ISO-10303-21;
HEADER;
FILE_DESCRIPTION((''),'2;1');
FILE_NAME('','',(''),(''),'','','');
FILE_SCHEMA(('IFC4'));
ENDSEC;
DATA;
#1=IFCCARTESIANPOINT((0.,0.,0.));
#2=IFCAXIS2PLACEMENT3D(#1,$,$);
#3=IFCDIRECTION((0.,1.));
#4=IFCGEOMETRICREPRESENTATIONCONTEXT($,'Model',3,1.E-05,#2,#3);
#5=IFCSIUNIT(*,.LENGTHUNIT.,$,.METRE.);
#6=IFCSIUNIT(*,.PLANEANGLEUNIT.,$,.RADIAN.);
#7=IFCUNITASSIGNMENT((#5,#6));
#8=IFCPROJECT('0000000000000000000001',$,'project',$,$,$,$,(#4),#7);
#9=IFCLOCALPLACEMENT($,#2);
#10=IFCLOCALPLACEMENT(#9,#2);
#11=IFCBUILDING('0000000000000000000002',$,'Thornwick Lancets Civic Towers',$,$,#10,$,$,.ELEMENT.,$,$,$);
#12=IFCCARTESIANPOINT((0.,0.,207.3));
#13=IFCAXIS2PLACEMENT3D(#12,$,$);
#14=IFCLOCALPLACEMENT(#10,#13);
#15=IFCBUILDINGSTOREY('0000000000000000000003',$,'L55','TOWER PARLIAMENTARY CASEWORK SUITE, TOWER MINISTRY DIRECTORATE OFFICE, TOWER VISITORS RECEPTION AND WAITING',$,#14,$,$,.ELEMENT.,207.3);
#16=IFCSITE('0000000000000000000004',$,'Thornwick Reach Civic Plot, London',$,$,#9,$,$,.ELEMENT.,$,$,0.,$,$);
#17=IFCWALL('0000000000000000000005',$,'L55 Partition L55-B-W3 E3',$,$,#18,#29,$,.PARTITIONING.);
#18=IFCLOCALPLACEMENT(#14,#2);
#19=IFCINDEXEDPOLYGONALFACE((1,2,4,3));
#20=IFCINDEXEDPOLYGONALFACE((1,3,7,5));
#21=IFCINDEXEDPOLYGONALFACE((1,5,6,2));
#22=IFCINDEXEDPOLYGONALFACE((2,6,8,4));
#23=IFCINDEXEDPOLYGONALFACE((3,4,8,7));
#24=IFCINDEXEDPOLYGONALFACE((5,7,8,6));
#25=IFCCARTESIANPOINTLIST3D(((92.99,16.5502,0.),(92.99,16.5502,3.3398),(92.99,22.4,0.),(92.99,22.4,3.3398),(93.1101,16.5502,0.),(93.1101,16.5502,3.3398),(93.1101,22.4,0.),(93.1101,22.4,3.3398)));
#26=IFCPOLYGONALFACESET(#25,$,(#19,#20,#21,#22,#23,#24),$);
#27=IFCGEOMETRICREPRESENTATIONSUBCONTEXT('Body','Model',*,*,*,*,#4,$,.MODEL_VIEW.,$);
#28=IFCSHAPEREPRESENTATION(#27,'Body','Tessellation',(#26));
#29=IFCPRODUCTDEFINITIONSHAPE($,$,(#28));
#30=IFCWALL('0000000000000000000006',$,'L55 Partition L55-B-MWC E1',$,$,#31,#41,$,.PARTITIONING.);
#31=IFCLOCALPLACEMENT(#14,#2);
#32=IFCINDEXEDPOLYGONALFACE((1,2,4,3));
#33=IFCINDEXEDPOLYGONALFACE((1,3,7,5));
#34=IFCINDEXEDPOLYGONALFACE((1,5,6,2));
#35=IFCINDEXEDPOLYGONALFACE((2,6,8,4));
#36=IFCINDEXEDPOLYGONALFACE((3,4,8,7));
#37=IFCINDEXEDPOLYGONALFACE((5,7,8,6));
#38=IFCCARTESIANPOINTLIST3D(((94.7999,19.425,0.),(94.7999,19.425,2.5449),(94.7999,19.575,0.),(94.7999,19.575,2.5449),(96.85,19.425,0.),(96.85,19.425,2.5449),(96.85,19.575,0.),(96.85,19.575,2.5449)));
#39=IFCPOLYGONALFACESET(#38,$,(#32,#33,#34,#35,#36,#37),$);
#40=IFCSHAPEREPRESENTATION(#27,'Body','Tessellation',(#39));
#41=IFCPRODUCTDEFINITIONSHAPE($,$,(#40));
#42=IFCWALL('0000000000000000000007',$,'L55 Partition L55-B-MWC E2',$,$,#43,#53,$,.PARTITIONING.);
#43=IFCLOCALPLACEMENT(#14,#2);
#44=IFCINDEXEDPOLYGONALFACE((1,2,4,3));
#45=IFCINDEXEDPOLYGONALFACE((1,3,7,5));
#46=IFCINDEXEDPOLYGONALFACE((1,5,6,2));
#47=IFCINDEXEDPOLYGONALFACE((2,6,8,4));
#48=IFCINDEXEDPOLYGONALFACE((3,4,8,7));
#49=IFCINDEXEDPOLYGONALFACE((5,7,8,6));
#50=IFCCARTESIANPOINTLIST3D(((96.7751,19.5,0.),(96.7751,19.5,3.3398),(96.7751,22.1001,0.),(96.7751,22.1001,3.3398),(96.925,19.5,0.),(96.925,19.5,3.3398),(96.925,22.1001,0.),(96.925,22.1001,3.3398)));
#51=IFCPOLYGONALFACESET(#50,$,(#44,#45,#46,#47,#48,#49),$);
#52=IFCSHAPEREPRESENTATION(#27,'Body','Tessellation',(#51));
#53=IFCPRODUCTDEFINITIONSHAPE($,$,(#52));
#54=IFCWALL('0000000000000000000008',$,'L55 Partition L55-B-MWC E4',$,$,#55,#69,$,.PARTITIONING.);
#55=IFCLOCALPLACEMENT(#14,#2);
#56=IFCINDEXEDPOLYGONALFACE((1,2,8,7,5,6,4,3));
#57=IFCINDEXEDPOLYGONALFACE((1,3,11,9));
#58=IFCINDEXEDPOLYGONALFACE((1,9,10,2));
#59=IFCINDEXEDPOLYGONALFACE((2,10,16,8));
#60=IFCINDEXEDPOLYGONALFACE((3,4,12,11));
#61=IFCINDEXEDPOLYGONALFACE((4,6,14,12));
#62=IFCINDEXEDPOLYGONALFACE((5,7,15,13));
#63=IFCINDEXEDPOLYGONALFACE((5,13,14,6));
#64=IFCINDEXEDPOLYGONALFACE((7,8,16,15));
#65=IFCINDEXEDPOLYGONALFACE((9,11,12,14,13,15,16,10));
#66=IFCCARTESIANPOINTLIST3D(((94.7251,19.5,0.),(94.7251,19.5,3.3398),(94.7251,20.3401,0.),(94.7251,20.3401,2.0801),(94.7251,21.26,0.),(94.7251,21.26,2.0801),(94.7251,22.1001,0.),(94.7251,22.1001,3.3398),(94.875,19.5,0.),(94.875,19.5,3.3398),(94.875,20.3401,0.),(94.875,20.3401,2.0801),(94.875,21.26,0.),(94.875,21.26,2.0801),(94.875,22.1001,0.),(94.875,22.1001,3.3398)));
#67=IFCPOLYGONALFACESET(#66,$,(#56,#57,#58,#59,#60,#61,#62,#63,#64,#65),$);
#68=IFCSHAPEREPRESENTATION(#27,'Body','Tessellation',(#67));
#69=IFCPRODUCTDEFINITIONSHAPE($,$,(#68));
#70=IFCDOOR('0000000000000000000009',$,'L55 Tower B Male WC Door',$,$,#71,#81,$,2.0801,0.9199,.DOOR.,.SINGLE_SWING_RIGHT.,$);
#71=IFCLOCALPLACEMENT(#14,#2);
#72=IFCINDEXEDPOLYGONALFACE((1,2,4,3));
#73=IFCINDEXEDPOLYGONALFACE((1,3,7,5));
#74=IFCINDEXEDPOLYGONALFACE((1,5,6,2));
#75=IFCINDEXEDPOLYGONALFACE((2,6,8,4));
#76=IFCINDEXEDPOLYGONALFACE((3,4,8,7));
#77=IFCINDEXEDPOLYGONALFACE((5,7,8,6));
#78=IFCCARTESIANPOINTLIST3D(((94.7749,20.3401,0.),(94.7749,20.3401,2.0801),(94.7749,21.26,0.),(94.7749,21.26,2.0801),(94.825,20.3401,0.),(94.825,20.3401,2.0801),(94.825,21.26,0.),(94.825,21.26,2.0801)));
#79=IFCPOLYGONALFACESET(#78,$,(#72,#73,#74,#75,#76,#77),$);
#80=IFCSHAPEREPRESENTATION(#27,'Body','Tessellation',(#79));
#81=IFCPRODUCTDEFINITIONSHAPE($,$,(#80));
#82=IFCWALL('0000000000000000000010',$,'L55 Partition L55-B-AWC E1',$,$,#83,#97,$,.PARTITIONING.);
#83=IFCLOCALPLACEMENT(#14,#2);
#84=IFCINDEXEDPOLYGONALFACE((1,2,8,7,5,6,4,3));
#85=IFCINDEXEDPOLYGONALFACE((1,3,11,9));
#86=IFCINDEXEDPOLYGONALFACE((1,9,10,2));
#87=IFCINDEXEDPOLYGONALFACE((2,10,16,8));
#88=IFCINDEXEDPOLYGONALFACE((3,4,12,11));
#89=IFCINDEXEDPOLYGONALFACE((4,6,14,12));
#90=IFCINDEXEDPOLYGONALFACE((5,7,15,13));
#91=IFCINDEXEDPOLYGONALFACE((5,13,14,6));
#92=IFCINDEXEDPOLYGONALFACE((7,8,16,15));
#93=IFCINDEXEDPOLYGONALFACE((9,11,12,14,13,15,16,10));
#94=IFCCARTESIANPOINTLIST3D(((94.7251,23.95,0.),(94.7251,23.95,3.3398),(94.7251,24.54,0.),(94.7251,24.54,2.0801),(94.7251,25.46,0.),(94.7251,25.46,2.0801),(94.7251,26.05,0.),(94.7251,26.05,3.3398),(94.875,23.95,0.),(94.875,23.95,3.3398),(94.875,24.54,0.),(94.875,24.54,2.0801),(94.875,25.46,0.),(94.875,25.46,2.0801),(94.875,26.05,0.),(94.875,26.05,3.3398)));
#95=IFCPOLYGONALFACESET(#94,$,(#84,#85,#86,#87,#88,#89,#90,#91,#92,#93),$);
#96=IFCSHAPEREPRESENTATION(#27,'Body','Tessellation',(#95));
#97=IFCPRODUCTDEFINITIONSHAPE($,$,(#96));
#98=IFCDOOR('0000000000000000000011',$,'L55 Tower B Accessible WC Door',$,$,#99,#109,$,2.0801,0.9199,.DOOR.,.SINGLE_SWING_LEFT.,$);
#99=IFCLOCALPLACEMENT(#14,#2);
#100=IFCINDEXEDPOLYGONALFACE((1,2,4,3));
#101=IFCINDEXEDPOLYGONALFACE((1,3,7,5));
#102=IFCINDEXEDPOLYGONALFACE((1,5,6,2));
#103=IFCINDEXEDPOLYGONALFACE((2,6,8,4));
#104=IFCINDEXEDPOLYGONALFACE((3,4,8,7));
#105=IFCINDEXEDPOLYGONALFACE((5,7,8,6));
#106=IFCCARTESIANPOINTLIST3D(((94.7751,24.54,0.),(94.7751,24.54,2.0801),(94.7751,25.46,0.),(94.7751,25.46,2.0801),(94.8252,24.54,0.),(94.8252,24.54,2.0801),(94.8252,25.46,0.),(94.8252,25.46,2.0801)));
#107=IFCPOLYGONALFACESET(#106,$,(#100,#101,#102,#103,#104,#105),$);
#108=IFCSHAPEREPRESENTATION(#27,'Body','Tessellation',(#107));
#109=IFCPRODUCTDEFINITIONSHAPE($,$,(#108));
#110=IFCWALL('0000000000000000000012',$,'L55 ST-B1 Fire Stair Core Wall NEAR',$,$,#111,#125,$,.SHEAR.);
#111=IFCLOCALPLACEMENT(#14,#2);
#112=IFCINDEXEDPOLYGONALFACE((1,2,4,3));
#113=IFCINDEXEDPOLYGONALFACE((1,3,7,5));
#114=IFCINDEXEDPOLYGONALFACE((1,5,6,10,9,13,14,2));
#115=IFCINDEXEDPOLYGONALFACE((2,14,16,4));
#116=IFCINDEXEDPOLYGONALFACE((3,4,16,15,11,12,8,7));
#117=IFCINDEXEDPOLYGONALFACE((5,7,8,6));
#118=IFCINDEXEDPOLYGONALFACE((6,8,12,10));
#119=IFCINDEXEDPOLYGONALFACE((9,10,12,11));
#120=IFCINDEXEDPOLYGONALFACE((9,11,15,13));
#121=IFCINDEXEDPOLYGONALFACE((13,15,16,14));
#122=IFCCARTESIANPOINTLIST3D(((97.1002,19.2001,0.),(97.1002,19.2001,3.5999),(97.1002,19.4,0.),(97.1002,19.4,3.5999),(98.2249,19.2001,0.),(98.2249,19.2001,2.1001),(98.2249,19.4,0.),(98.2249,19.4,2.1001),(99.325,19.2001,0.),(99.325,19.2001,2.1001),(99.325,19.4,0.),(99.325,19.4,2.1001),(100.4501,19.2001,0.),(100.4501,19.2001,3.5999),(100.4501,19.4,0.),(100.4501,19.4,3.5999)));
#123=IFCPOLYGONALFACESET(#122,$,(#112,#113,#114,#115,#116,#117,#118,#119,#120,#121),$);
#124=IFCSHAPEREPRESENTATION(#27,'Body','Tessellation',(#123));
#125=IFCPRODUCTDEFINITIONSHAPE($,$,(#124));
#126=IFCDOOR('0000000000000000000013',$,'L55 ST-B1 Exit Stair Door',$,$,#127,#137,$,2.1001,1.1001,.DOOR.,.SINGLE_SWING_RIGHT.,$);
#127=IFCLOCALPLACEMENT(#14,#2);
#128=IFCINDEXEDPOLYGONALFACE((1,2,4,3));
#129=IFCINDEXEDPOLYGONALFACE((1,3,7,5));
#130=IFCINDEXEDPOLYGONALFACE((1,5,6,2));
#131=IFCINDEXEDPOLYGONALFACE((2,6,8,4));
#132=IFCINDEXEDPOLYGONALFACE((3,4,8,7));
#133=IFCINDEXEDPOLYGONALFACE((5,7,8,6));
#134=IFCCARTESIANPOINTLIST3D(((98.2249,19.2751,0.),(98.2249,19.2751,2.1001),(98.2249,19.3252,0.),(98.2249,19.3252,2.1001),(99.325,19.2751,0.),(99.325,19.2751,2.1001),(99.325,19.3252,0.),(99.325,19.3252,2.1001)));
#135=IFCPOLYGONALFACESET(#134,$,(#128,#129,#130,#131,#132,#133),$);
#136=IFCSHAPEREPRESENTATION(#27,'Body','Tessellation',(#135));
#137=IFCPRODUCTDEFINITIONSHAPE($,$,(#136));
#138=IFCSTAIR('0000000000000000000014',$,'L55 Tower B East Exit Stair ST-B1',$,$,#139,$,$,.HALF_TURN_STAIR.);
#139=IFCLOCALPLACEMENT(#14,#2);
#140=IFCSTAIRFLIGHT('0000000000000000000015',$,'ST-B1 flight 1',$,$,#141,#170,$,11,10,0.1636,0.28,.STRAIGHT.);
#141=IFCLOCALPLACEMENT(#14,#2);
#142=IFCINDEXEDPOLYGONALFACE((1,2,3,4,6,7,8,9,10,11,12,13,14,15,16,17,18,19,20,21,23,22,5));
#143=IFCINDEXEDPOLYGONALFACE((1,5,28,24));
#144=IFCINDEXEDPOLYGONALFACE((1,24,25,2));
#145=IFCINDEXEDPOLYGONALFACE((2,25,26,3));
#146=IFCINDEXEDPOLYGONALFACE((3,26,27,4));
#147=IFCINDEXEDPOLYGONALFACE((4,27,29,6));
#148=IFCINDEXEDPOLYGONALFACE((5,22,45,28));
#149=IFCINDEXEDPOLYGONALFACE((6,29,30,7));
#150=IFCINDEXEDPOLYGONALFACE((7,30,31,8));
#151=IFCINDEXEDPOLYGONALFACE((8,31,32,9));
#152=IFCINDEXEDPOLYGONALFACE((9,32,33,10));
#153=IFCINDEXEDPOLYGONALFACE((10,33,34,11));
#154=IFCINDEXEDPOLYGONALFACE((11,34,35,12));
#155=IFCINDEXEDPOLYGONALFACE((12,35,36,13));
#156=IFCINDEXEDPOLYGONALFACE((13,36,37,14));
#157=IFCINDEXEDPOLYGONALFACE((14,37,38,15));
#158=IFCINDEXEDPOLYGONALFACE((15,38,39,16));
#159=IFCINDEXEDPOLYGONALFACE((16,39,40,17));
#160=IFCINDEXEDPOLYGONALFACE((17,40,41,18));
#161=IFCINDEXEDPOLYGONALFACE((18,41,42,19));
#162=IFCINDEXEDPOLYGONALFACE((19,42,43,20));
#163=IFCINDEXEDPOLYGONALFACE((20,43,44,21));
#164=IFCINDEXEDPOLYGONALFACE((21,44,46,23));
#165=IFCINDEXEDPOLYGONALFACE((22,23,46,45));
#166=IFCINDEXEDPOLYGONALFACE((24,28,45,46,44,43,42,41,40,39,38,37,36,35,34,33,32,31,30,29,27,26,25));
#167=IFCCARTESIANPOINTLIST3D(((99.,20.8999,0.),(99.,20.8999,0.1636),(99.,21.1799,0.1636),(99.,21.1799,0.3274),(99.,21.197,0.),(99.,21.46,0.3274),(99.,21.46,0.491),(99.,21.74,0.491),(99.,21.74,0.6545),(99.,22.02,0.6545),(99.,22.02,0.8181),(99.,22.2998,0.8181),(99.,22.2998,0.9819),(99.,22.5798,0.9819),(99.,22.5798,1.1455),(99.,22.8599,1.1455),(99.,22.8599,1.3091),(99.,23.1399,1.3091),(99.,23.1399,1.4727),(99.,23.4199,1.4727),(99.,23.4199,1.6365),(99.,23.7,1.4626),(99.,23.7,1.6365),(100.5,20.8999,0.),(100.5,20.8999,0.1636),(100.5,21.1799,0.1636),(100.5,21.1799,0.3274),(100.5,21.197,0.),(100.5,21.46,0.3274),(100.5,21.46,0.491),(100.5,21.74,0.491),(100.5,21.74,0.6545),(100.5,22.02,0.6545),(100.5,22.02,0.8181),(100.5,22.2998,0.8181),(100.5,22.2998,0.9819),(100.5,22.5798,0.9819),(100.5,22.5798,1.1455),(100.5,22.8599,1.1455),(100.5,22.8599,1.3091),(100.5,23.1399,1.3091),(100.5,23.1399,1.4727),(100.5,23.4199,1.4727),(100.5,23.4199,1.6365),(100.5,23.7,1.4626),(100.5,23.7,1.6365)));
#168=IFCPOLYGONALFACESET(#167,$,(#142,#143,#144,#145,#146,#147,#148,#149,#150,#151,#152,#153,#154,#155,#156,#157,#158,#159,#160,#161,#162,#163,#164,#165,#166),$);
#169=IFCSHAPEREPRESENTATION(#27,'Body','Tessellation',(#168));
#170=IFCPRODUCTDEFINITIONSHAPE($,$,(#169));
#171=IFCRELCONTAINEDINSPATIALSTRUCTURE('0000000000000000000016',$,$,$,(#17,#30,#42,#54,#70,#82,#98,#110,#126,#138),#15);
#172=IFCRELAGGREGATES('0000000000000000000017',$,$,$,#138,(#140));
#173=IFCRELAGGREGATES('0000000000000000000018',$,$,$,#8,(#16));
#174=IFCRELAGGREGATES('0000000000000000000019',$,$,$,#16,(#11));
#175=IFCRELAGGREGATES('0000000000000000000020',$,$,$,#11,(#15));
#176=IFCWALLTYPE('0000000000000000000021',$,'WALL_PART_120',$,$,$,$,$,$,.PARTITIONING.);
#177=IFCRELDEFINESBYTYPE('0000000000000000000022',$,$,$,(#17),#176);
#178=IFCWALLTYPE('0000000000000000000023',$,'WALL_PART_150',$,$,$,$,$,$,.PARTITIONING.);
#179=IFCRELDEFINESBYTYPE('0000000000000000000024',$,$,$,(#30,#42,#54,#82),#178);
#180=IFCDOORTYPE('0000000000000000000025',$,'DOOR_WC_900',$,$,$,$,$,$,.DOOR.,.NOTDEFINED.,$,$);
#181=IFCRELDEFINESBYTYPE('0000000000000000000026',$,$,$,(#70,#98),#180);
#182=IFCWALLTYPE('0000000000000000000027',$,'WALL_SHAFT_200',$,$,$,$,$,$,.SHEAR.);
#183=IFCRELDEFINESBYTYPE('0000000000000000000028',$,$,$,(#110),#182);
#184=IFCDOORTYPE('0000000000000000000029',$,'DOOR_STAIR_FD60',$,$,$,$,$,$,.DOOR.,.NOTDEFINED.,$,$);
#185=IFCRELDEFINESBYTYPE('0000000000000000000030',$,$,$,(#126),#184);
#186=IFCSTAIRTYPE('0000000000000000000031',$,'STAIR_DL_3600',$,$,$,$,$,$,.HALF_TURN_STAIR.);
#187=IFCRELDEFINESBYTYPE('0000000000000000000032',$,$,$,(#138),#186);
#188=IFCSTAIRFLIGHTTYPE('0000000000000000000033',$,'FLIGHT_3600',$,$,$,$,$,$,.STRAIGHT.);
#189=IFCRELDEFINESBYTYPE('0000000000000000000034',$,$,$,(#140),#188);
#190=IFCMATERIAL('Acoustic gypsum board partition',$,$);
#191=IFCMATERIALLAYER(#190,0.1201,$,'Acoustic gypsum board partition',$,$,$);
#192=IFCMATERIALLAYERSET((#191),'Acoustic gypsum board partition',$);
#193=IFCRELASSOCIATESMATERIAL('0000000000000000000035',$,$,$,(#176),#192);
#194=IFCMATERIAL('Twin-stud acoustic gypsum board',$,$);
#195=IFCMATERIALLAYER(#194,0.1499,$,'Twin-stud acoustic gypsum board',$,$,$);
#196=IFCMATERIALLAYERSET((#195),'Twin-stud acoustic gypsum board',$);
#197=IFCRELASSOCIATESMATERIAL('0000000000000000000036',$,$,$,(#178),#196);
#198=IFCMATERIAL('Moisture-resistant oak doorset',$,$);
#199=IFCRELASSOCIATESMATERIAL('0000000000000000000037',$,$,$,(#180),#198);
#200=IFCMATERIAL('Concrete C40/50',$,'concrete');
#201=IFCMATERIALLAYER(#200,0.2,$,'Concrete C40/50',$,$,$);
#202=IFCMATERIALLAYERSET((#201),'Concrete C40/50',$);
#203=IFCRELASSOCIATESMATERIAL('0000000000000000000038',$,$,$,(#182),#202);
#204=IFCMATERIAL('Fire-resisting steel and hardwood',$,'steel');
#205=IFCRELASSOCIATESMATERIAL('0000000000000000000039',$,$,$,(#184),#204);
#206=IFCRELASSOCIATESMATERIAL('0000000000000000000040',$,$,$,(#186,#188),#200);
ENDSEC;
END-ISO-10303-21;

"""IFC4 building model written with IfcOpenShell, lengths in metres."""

from ifc_helpers import new_model, si_unit, direction, frame, frame_2d, origin, place, context, subcontext, project, spatial, polyline, rectangle, outline, extrude, material, layer, layer_set, type_object, element, fill, aggregate, save


model = new_model("IFC4")

# Units and contexts
model_context = context("Model", 3, precision=1e-05, world=origin(), true_north=direction((0.0, 1.0)))
body_context = subcontext(model_context, "Body", "Model", "MODEL_VIEW")
ifc_project = project(units=[si_unit("LENGTHUNIT", "METRE"), si_unit("PLANEANGLEUNIT", "RADIAN")], contexts=[model_context])

# Site, building, storey
site_placement = place(None, origin())
site = spatial("IfcSite", under=ifc_project, at=site_placement, Name="Thornwick Reach Civic Plot, London", CompositionType="ELEMENT", RefElevation=0.0)
building_placement = place(site_placement, origin())
building = spatial("IfcBuilding", under=site, at=building_placement, Name="Thornwick Lancets Civic Towers", CompositionType="ELEMENT")
storey_placement = place(building_placement, frame((0.0, 0.0, 207.3)))
storey = spatial("IfcBuildingStorey", under=building, at=storey_placement, Name="L55", Description="TOWER PARLIAMENTARY CASEWORK SUITE, TOWER MINISTRY DIRECTORATE OFFICE, TOWER VISITORS RECEPTION AND WAITING", CompositionType="ELEMENT", Elevation=207.3)

# Walls
ifc_material_1 = material(Name="Acoustic gypsum board partition")
ifc_layer_1 = layer(ifc_material_1, 0.1201, Name="Acoustic gypsum board partition")
ifc_layer_set_1 = layer_set([ifc_layer_1], Name="Acoustic gypsum board partition")
wall_type_1 = type_object("IfcWallType", Name="WALL_PART_120", PredefinedType="PARTITIONING", material=ifc_layer_set_1)
wall_1_placement = place(storey_placement, frame((93.05, 22.3999, 0.0), z_axis=(0.0, 0.0, 1.0), x_axis=(0.0, -1.0, 0.0)))
element("IfcWall", 1, at=wall_1_placement, inside=storey, type_object=wall_type_1, Name="L55 Partition L55-B-W3 E3", PredefinedType="PARTITIONING", context=body_context, shape_type="SweptSolid", body=[
    extrude(rectangle(XDim=5.8499, YDim=0.1201, at=frame_2d((2.9248, 0.0))), origin(), (0.0, 0.0, 1.0), 3.3398),
])
ifc_material_2 = material(Name="Twin-stud acoustic gypsum board")
ifc_layer_2 = layer(ifc_material_2, 0.1499, Name="Twin-stud acoustic gypsum board")
ifc_layer_set_2 = layer_set([ifc_layer_2], Name="Twin-stud acoustic gypsum board")
wall_type_2 = type_object("IfcWallType", Name="WALL_PART_150", PredefinedType="PARTITIONING", material=ifc_layer_set_2)
wall_2_placement = place(storey_placement, frame((94.8, 19.5, 0.0), z_axis=(0.0, 0.0, 1.0), x_axis=(1.0, 0.0, 0.0)))
element("IfcWall", 2, at=wall_2_placement, inside=storey, type_object=wall_type_2, Name="L55 Partition L55-B-MWC E1", PredefinedType="PARTITIONING", context=body_context, shape_type="SweptSolid", body=[
    extrude(rectangle(XDim=2.05, YDim=0.1499, at=frame_2d((1.0249, 0.0))), origin(), (0.0, 0.0, 1.0), 2.5449),
])
wall_3_placement = place(storey_placement, frame((96.8501, 19.5, 0.0), z_axis=(0.0, 0.0, 1.0), x_axis=(0.0, 1.0, 0.0)))
element("IfcWall", 3, at=wall_3_placement, inside=storey, type_object=wall_type_2, Name="L55 Partition L55-B-MWC E2", PredefinedType="PARTITIONING", context=body_context, shape_type="SweptSolid", body=[
    extrude(rectangle(XDim=2.6001, YDim=0.1499, at=frame_2d((1.3, 0.0))), origin(), (0.0, 0.0, 1.0), 3.3398),
])

# Walls, openings, doors
wall_4_placement = place(storey_placement, frame((94.8, 22.1001, 0.0), z_axis=(0.0, 0.0, 1.0), x_axis=(0.0, -1.0, 0.0)))
wall_4 = element("IfcWall", 4, at=wall_4_placement, inside=storey, type_object=wall_type_2, Name="L55 Partition L55-B-MWC E4", PredefinedType="PARTITIONING", context=body_context, shape_type="SweptSolid", body=[
    extrude(rectangle(XDim=2.6001, YDim=0.1499, at=frame_2d((1.3, 0.0))), origin(), (0.0, 0.0, 1.0), 3.3398),
])
opening_1_placement = place(wall_4_placement, frame((0.8401, 0.0, 0.0)))
opening_1 = element("IfcOpeningElement", 5, at=opening_1_placement, cuts=wall_4, PredefinedType="OPENING", context=body_context, shape_type="SweptSolid", body=[
    extrude(rectangle(XDim=0.9199, YDim=2.0801, at=frame_2d((0.46, 1.04))), frame((0.0, 0.085, 0.0), z_axis=(0.0, -1.0, 0.0), x_axis=(1.0, 0.0, 0.0)), (0.0, 0.0, 1.0), 0.1699),
])
ifc_material_3 = material(Name="Moisture-resistant oak doorset")
door_type_1 = type_object("IfcDoorType", Name="DOOR_WC_900", OperationType="NOTDEFINED", PredefinedType="DOOR", material=ifc_material_3)
door_1_placement = place(opening_1_placement, origin())
door_1 = element("IfcDoor", 6, at=door_1_placement, inside=storey, type_object=door_type_1, Name="L55 Tower B Male WC Door", OperationType="SINGLE_SWING_RIGHT", OverallHeight=2.0801, OverallWidth=0.9199, PredefinedType="DOOR", context=body_context, shape_type="SweptSolid", body=[
    extrude(rectangle(XDim=0.9199, YDim=2.0801, at=frame_2d((0.46, 1.04))), frame((0.0, 0.0249, 0.0), z_axis=(0.0, -1.0, 0.0), x_axis=(1.0, 0.0, 0.0)), (0.0, 0.0, 1.0), 0.05),
])
fill(opening_1, door_1)
wall_5_placement = place(storey_placement, frame((94.8, 23.95, 0.0), z_axis=(0.0, 0.0, 1.0), x_axis=(0.0, 1.0, 0.0)))
wall_5 = element("IfcWall", 7, at=wall_5_placement, inside=storey, type_object=wall_type_2, Name="L55 Partition L55-B-AWC E1", PredefinedType="PARTITIONING", context=body_context, shape_type="SweptSolid", body=[
    extrude(rectangle(XDim=2.1001, YDim=0.1499, at=frame_2d((1.05, 0.0))), origin(), (0.0, 0.0, 1.0), 3.3398),
])
opening_2_placement = place(wall_5_placement, frame((0.5901, 0.0, 0.0)))
opening_2 = element("IfcOpeningElement", 8, at=opening_2_placement, cuts=wall_5, PredefinedType="OPENING", context=body_context, shape_type="SweptSolid", body=[
    extrude(rectangle(XDim=0.9199, YDim=2.0801, at=frame_2d((0.46, 1.04))), frame((0.0, 0.085, 0.0), z_axis=(0.0, -1.0, 0.0), x_axis=(1.0, 0.0, 0.0)), (0.0, 0.0, 1.0), 0.1699),
])
door_2_placement = place(opening_2_placement, origin())
door_2 = element("IfcDoor", 9, at=door_2_placement, inside=storey, type_object=door_type_1, Name="L55 Tower B Accessible WC Door", OperationType="SINGLE_SWING_LEFT", OverallHeight=2.0801, OverallWidth=0.9199, PredefinedType="DOOR", context=body_context, shape_type="SweptSolid", body=[
    extrude(rectangle(XDim=0.9199, YDim=2.0801, at=frame_2d((0.46, 1.04))), frame((0.0, 0.0249, 0.0), z_axis=(0.0, -1.0, 0.0), x_axis=(1.0, 0.0, 0.0)), (0.0, 0.0, 1.0), 0.05),
])
fill(opening_2, door_2)
ifc_material_4 = material(Name="Concrete C40/50", Category="concrete")
ifc_layer_3 = layer(ifc_material_4, 0.2, Name="Concrete C40/50")
ifc_layer_set_3 = layer_set([ifc_layer_3], Name="Concrete C40/50")
wall_type_3 = type_object("IfcWallType", Name="WALL_SHAFT_200", PredefinedType="SHEAR", material=ifc_layer_set_3)
wall_6_placement = place(storey_placement, frame((100.45, 19.3, 0.0), z_axis=(0.0, 0.0, 1.0), x_axis=(-1.0, 0.0, 0.0)))
wall_6 = element("IfcWall", 10, at=wall_6_placement, inside=storey, type_object=wall_type_3, Name="L55 ST-B1 Fire Stair Core Wall NEAR", PredefinedType="SHEAR", context=body_context, shape_type="SweptSolid", body=[
    extrude(rectangle(XDim=3.3499, YDim=0.2, at=frame_2d((1.6748, 0.0))), origin(), (0.0, 0.0, 1.0), 3.5999),
])
opening_3_placement = place(wall_6_placement, frame((1.125, 0.0, 0.0)))
opening_3 = element("IfcOpeningElement", 11, at=opening_3_placement, cuts=wall_6, PredefinedType="OPENING", context=body_context, shape_type="SweptSolid", body=[
    extrude(rectangle(XDim=1.1001, YDim=2.1001, at=frame_2d((0.55, 1.05))), frame((0.0, 0.1099, 0.0), z_axis=(0.0, -1.0, 0.0), x_axis=(1.0, 0.0, 0.0)), (0.0, 0.0, 1.0), 0.22),
])
ifc_material_5 = material(Name="Fire-resisting steel and hardwood", Category="steel")
door_type_2 = type_object("IfcDoorType", Name="DOOR_STAIR_FD60", OperationType="NOTDEFINED", PredefinedType="DOOR", material=ifc_material_5)
door_3_placement = place(opening_3_placement, origin())
door_3 = element("IfcDoor", 12, at=door_3_placement, inside=storey, type_object=door_type_2, Name="L55 ST-B1 Exit Stair Door", OperationType="SINGLE_SWING_RIGHT", OverallHeight=2.1001, OverallWidth=1.1001, PredefinedType="DOOR", context=body_context, shape_type="SweptSolid", body=[
    extrude(rectangle(XDim=1.1001, YDim=2.1001, at=frame_2d((0.55, 1.05))), frame((0.0, 0.0249, 0.0), z_axis=(0.0, -1.0, 0.0), x_axis=(1.0, 0.0, 0.0)), (0.0, 0.0, 1.0), 0.05),
])
fill(opening_3, door_3)

# Stair, stair flight
stair_type = type_object("IfcStairType", Name="STAIR_DL_3600", PredefinedType="HALF_TURN_STAIR", material=ifc_material_4)
stair_placement = place(storey_placement, origin())
stair = element("IfcStair", 13, at=stair_placement, inside=storey, type_object=stair_type, Name="L55 Tower B East Exit Stair ST-B1", PredefinedType="HALF_TURN_STAIR")
stair_flight_type = type_object("IfcStairFlightType", Name="FLIGHT_3600", PredefinedType="STRAIGHT", material=ifc_material_4)
stair_flight_1_placement = place(storey_placement, frame((99.75, 20.8999, 0.0), z_axis=(0.0, 0.0, 1.0), x_axis=(0.0, 1.0, 0.0)))
stair_flight_1 = element("IfcStairFlight", 14, at=stair_flight_1_placement, type_object=stair_flight_type, Name="ST-B1 flight 1", NumberOfRisers=11, NumberOfTreads=10, PredefinedType="STRAIGHT", RiserHeight=0.1636, TreadLength=0.28, context=body_context, shape_type="SweptSolid", body=[
    extrude(outline(polyline([(0.0, 0.0), (0.0, 0.1636), (0.28, 0.1636), (0.28, 0.3274), (0.5601, 0.3274), (0.5601, 0.491), (0.8401, 0.491), (0.8401, 0.6545), (1.1201, 0.6545), (1.1201, 0.8181), (1.3999, 0.8181), (1.3999, 0.9819), (1.6799, 0.9819), (1.6799, 1.1455), (1.96, 1.1455), (1.96, 1.3091), (2.24, 1.3091), (2.24, 1.4727), (2.52, 1.4727), (2.52, 1.6365), (2.8, 1.6365), (2.8, 1.8), (2.8, 1.4626), (0.2971, 0.0), (0.0, 0.0)])), frame((0.0, 0.75, 0.0), z_axis=(0.0, -1.0, 0.0), x_axis=(1.0, 0.0, 0.0)), (0.0, 0.0, 1.0), 1.5),
])
aggregate(stair, [stair_flight_1])

save(model, "model.ifc")
